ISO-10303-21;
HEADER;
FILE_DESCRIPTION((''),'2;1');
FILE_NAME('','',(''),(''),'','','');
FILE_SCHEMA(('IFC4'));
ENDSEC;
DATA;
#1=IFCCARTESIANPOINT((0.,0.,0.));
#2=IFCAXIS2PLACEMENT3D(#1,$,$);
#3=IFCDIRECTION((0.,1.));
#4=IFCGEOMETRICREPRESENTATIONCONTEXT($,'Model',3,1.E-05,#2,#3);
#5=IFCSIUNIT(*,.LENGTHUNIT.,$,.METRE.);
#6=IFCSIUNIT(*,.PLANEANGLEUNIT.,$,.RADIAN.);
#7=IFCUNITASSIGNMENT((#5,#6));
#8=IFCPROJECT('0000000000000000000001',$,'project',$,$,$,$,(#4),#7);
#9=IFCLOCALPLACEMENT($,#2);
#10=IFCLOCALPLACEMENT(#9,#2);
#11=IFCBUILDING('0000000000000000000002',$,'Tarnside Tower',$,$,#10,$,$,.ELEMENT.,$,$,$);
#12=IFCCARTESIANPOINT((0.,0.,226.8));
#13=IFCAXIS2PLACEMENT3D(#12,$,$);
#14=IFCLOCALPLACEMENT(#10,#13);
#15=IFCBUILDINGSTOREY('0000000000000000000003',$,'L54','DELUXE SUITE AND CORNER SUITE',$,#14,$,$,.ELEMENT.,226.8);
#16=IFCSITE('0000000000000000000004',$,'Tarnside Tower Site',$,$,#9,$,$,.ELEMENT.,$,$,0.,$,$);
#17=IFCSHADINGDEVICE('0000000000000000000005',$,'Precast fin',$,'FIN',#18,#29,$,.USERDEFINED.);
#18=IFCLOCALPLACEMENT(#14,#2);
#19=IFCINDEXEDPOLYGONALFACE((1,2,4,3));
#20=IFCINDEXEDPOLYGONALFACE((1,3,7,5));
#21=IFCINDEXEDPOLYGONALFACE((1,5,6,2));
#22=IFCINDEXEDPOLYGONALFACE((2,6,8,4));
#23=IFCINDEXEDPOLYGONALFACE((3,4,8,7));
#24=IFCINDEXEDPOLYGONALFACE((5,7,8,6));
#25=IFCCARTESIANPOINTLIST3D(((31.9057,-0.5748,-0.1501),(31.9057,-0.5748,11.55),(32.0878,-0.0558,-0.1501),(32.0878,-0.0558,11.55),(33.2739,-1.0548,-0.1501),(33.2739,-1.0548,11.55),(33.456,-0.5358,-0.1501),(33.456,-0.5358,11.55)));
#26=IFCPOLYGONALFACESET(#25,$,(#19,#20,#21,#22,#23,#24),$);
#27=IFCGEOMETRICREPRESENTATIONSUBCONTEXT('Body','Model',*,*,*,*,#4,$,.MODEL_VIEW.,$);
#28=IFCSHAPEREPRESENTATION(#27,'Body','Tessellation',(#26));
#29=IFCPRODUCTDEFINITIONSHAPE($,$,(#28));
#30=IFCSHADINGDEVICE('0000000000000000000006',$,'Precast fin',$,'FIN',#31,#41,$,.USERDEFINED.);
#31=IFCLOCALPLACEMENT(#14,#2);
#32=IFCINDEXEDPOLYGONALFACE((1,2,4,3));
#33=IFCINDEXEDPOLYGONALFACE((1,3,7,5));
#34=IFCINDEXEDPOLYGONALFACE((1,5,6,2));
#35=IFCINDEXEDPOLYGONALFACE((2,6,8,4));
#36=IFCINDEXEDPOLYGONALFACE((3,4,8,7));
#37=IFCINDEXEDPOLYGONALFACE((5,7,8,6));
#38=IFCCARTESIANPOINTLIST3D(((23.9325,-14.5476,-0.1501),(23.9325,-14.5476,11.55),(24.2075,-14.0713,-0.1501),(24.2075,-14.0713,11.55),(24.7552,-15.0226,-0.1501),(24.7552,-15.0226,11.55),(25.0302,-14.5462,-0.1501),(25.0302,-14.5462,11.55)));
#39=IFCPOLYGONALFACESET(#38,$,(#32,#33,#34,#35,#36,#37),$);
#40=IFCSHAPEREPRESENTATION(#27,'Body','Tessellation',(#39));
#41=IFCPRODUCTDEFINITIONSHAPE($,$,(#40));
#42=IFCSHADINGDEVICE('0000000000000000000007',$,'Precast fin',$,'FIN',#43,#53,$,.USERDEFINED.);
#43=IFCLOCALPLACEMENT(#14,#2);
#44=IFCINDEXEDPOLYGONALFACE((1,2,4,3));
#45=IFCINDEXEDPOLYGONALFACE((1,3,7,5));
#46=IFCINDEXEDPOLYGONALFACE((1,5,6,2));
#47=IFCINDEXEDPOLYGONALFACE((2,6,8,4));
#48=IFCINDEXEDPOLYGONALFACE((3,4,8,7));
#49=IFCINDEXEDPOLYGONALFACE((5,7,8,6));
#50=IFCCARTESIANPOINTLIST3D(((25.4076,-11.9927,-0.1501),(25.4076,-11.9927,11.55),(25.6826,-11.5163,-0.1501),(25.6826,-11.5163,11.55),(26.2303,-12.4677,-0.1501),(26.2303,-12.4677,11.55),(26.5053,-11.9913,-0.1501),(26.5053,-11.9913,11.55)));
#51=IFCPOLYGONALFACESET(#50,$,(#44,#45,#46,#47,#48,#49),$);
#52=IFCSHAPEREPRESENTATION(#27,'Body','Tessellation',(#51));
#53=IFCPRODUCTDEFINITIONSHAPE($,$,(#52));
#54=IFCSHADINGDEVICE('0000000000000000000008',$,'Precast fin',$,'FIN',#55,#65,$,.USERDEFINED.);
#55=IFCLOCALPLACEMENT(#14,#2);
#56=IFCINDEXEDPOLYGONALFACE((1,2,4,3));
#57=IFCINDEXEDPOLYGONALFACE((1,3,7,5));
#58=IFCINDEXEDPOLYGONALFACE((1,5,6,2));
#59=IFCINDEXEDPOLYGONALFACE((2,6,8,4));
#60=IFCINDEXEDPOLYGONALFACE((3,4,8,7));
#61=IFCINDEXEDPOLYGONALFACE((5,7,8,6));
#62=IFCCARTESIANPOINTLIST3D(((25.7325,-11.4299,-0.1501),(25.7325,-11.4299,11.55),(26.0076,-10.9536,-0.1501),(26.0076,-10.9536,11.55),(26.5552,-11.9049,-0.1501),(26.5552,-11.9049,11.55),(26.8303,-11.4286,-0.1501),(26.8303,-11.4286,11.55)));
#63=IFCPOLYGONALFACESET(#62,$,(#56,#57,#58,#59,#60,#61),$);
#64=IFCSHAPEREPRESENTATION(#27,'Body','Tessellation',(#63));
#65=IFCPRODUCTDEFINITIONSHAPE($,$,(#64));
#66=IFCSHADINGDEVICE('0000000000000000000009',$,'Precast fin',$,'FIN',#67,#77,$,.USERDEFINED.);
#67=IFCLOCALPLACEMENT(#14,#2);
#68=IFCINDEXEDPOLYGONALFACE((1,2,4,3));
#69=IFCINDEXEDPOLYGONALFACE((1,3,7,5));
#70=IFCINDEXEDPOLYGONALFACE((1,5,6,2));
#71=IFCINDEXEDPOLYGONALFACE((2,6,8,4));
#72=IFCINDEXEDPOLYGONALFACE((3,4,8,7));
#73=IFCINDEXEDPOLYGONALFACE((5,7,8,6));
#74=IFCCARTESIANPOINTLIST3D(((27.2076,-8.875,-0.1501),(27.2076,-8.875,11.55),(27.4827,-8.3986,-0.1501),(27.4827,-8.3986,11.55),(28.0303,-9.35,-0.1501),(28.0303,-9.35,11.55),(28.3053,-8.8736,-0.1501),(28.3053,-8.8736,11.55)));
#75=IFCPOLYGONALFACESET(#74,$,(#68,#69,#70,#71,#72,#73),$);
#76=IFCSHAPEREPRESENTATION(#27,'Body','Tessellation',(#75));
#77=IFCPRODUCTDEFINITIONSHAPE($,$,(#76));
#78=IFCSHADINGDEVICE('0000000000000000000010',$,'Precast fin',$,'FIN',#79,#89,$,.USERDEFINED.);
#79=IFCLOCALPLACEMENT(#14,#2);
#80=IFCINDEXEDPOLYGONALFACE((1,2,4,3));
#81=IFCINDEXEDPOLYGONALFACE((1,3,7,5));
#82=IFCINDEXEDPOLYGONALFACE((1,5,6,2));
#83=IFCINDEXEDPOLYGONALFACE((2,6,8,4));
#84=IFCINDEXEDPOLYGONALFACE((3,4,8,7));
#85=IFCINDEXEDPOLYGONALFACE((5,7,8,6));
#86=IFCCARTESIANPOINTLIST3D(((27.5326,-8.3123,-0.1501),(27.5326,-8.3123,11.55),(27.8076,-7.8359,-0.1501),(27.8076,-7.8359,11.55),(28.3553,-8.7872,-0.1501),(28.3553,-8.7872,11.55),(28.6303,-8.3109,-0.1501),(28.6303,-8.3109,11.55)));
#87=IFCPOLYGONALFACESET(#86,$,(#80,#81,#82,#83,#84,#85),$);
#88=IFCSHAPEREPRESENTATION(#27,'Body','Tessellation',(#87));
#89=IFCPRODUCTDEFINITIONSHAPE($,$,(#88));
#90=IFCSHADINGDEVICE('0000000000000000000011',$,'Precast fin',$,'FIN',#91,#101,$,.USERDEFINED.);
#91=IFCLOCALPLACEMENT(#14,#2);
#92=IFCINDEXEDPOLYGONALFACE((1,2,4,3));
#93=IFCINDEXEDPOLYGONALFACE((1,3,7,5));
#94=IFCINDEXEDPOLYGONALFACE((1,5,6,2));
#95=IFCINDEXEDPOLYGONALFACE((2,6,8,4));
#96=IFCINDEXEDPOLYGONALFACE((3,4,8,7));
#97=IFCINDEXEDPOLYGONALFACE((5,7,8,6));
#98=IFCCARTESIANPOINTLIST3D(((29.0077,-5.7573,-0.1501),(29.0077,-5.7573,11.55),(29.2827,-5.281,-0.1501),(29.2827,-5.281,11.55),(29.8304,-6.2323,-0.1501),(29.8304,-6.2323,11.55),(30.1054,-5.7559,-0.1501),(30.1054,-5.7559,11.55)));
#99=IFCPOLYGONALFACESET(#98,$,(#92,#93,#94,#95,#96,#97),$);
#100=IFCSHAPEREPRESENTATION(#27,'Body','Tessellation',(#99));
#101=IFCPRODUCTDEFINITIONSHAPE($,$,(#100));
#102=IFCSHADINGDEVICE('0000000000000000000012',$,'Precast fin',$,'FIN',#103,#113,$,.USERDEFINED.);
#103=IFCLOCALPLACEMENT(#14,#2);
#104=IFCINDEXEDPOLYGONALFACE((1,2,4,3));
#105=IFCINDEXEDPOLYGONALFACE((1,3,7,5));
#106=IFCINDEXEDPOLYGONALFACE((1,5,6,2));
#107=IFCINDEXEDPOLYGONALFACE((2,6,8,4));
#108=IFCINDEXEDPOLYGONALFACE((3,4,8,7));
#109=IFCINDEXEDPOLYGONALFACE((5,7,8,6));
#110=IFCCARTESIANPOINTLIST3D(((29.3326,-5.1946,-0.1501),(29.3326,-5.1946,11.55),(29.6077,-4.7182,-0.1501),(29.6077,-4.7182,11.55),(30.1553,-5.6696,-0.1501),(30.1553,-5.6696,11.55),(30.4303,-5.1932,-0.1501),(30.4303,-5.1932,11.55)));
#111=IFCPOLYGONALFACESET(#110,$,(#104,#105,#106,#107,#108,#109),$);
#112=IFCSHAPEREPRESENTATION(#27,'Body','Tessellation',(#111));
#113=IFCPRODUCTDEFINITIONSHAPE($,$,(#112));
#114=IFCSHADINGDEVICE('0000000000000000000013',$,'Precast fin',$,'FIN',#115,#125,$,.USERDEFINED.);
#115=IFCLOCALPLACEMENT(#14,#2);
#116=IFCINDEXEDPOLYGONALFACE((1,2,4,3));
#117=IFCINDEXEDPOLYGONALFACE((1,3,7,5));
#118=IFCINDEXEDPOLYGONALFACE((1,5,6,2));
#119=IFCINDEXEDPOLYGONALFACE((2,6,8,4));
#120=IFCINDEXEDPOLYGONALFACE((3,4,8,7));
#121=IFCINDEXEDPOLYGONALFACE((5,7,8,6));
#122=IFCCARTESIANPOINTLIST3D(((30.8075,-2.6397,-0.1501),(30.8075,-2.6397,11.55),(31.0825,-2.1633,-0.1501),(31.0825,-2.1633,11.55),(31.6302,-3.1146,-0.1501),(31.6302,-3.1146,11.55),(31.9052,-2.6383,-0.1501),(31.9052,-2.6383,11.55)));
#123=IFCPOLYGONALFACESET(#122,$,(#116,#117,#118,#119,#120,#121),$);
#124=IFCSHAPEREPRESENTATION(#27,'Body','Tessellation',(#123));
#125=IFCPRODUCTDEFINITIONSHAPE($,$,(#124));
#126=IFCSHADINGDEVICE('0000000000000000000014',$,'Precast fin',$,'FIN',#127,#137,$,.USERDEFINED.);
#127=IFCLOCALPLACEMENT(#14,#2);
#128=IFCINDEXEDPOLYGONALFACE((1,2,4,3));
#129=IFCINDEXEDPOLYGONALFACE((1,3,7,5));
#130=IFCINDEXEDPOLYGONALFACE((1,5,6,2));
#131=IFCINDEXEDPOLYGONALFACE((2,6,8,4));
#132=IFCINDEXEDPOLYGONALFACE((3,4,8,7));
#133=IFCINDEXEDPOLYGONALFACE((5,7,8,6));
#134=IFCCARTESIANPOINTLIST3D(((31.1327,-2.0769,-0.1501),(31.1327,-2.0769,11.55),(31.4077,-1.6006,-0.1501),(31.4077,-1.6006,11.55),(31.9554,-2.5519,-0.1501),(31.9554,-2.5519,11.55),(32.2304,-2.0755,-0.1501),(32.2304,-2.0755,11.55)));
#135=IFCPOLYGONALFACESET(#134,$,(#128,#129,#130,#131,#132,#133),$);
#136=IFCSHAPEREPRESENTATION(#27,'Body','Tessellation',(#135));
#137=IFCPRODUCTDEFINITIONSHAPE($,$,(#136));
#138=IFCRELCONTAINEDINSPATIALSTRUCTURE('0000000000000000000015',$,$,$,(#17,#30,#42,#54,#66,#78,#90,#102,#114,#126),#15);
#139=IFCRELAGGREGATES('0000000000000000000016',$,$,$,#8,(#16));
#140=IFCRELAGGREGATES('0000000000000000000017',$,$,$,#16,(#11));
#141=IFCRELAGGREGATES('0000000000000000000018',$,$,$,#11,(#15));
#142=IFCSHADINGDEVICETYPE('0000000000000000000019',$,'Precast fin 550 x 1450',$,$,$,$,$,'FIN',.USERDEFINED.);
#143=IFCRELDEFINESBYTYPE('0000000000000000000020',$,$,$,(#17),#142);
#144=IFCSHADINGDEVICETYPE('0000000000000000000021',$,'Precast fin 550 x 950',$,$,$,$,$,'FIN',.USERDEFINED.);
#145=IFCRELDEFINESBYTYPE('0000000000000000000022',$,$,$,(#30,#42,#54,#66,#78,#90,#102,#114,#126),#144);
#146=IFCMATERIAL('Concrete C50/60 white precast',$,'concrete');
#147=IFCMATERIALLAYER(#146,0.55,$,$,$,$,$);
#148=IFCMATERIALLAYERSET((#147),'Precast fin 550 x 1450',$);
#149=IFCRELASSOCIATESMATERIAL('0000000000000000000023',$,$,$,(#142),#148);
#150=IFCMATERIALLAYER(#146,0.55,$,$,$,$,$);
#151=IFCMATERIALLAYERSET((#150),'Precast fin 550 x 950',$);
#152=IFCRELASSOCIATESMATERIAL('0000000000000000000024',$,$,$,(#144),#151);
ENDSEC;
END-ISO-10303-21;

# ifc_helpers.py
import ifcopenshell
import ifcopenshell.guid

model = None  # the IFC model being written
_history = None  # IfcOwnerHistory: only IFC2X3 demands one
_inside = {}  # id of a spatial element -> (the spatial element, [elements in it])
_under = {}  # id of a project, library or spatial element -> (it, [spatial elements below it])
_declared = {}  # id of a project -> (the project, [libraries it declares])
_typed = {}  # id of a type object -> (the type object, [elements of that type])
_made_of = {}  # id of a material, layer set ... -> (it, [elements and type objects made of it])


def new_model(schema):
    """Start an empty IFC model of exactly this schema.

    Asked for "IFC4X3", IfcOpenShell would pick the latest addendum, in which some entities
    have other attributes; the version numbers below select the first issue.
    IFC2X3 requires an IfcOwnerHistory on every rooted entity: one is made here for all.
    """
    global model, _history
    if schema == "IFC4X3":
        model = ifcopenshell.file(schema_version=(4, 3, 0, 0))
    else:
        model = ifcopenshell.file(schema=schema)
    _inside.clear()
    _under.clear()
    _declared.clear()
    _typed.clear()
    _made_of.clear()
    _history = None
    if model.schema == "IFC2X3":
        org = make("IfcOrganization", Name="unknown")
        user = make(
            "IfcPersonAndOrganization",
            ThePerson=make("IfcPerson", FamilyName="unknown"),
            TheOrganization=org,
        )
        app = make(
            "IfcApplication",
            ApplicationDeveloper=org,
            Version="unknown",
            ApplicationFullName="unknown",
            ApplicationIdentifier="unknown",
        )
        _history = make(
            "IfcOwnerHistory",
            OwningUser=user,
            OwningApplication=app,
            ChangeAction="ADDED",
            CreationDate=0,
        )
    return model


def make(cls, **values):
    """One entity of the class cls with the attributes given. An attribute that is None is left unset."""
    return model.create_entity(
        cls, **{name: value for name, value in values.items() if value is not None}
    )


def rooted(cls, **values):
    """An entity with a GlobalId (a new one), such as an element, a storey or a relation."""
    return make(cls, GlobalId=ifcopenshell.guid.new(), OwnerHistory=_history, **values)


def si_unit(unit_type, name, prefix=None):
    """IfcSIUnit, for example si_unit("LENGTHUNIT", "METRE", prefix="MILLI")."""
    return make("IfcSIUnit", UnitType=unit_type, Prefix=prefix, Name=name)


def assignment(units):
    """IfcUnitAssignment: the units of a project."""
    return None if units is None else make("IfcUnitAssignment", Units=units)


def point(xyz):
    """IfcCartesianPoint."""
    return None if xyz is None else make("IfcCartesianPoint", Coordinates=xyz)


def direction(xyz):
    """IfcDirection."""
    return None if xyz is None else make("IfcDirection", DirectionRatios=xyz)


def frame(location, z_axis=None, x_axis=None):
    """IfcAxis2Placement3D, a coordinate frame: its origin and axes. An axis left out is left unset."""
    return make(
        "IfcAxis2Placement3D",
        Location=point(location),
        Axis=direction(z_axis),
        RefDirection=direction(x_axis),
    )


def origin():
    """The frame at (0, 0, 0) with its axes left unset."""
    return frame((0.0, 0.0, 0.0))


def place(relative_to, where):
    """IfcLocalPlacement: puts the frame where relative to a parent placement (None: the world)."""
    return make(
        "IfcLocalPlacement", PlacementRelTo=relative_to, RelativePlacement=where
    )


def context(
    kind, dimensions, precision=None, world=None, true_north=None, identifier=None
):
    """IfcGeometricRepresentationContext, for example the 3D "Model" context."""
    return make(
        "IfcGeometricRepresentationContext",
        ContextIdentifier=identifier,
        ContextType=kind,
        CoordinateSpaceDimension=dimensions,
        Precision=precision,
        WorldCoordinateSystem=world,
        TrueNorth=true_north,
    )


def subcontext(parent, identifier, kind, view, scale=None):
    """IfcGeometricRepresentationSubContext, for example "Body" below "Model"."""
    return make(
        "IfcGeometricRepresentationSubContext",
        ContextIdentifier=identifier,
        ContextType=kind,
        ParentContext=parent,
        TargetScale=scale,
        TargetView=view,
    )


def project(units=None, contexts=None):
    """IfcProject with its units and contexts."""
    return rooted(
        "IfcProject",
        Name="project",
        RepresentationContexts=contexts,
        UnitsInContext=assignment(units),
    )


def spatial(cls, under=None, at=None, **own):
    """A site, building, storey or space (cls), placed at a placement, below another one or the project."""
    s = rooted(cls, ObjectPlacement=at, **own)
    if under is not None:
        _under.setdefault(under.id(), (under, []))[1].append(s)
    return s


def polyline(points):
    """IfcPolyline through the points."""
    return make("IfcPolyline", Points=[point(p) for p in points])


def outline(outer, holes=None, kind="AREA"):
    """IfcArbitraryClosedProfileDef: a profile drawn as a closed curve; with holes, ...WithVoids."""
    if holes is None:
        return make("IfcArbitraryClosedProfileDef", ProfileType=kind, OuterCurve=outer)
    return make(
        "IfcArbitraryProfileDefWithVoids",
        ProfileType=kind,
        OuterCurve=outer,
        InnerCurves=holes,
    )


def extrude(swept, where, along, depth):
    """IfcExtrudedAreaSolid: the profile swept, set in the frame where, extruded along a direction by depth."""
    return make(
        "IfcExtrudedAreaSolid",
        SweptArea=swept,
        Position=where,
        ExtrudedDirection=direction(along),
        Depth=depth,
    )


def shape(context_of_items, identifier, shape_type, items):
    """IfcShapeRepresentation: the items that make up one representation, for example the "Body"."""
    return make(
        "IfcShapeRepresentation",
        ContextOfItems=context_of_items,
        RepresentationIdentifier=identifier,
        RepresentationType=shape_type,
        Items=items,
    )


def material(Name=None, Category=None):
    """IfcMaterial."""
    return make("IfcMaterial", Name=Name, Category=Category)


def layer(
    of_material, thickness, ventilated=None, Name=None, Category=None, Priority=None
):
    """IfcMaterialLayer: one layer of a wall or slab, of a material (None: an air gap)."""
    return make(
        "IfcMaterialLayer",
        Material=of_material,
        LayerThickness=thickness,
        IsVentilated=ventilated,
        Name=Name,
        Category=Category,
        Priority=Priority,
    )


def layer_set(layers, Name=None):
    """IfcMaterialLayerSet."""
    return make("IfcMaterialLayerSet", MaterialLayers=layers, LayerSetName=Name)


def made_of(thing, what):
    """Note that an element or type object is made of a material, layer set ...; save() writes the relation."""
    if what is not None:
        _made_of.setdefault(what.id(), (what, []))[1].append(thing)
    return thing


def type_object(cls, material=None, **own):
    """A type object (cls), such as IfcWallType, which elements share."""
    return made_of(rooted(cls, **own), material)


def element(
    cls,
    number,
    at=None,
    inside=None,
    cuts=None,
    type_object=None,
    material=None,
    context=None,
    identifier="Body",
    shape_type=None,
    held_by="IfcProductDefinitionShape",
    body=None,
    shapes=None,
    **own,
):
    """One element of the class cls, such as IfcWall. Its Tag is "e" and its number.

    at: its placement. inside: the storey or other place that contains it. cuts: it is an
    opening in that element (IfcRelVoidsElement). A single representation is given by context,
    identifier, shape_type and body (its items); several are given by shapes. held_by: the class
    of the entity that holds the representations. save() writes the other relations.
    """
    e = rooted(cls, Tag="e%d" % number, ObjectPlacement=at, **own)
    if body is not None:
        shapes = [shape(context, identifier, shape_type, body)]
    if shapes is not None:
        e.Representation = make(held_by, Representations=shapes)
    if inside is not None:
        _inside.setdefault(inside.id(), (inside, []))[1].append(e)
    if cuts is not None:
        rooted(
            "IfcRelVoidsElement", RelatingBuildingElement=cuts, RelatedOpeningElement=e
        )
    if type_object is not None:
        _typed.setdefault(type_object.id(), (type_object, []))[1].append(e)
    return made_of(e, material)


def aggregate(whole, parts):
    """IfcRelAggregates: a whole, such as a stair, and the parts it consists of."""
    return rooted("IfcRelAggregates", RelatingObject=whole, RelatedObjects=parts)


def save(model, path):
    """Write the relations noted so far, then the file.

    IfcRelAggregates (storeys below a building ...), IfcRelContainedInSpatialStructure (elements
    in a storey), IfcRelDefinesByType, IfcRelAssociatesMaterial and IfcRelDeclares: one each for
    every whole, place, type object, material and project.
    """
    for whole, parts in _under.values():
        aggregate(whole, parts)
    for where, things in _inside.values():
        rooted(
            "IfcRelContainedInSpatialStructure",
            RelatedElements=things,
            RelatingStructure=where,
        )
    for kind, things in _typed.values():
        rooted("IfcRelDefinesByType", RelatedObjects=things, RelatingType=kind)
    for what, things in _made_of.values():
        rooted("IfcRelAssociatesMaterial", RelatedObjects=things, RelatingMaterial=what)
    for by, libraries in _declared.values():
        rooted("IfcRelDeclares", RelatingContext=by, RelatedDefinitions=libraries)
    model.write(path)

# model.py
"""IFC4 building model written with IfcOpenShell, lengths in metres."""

from ifc_helpers import new_model, si_unit, direction, frame, origin, place, context, subcontext, project, spatial, polyline, outline, extrude, material, layer, layer_set, type_object, element, save


model = new_model("IFC4")

# Units and contexts
model_context = context("Model", 3, precision=1e-05, world=origin(), true_north=direction((0.0, 1.0)))
body_context = subcontext(model_context, "Body", "Model", "MODEL_VIEW")
ifc_project = project(units=[si_unit("LENGTHUNIT", "METRE"), si_unit("PLANEANGLEUNIT", "RADIAN")], contexts=[model_context])

# Site, building, storey
site_placement = place(None, origin())
site = spatial("IfcSite", under=ifc_project, at=site_placement, Name="Tarnside Tower Site", CompositionType="ELEMENT", RefElevation=0.0)
building_placement = place(site_placement, origin())
building = spatial("IfcBuilding", under=site, at=building_placement, Name="Tarnside Tower", CompositionType="ELEMENT")
storey_placement = place(building_placement, frame((0.0, 0.0, 226.8)))
storey = spatial("IfcBuildingStorey", under=building, at=storey_placement, Name="L54", Description="DELUXE SUITE AND CORNER SUITE", CompositionType="ELEMENT", Elevation=226.8)

# Shading devices
ifc_material_1 = material(Name="Concrete C50/60 white precast", Category="concrete")
ifc_layer_1 = layer(ifc_material_1, 0.55)
ifc_layer_set_1 = layer_set([ifc_layer_1], Name="Precast fin 550 x 1450")
shading_device_type_1 = type_object("IfcShadingDeviceType", Name="Precast fin 550 x 1450", ElementType="FIN", PredefinedType="USERDEFINED", material=ifc_layer_set_1)
shading_device_placement = place(storey_placement, frame((31.9968, -0.3152, -0.1501), z_axis=(-0.331063, -0.943609, 0.0), x_axis=(0.943609, -0.331063, 0.0)))
element("IfcShadingDevice", 1, at=shading_device_placement, inside=storey, type_object=shading_device_type_1, Name="Precast fin", ObjectType="FIN", PredefinedType="USERDEFINED", context=body_context, shape_type="SweptSolid", body=[
    extrude(outline(polyline([(0.0, 0.0), (1.45, 0.0), (1.45, 11.7002), (0.0, 11.7002), (0.0, 0.0)])), frame((0.0, 0.0, -0.2749)), (0.0, 0.0, 1.0), 0.55),
])
ifc_layer_2 = layer(ifc_material_1, 0.55)
ifc_layer_set_2 = layer_set([ifc_layer_2], Name="Precast fin 550 x 950")
shading_device_type_2 = type_object("IfcShadingDeviceType", Name="Precast fin 550 x 950", ElementType="FIN", PredefinedType="USERDEFINED", material=ifc_layer_set_2)
for number, where, z_axis, x_axis, name in (
    (2, (24.0701, -14.3093, -0.1501), (-0.5, -0.866025, 0.0), (0.866025, -0.5, 0.0), "Precast fin"),
    (3, (25.5452, -11.7544, -0.1501), (-0.5, -0.866025, 0.0), (0.866025, -0.5, 0.0), "Precast fin"),
    (4, (25.8701, -11.1917, -0.1501), (-0.5, -0.866025, 0.0), (0.866025, -0.5, 0.0), "Precast fin"),
    (5, (27.3452, -8.6367, -0.1501), (-0.5, -0.866025, 0.0), (0.866025, -0.5, 0.0), "Precast fin"),
    (6, (27.6702, -8.074, -0.1501), (-0.5, -0.866025, 0.0), (0.866025, -0.5, 0.0), "Precast fin"),
    (7, (29.1453, -5.519, -0.1501), (-0.5, -0.866025, 0.0), (0.866025, -0.5, 0.0), "Precast fin"),
    (8, (29.4702, -4.9563, -0.1501), (-0.5, -0.866025, 0.0), (0.866025, -0.5, 0.0), "Precast fin"),
    (9, (30.9451, -2.4014, -0.1501), (-0.5, -0.866025, 0.0), (0.866025, -0.5, 0.0), "Precast fin"),
    (10, (31.2703, -1.8386, -0.1501), (-0.5, -0.866025, 0.0), (0.866025, -0.5, 0.0), "Precast fin"),
):
    element("IfcShadingDevice", number, at=place(storey_placement, frame(where, z_axis=z_axis, x_axis=x_axis)), inside=storey, type_object=shading_device_type_2, Name=name, ObjectType="FIN", PredefinedType="USERDEFINED", context=body_context, shape_type="SweptSolid", body=[
        extrude(outline(polyline([(0.0, 0.0), (0.95, 0.0), (0.95, 11.7002), (0.0, 11.7002), (0.0, 0.0)])), frame((0.0, 0.0, -0.2749)), (0.0, 0.0, 1.0), 0.55),
    ])

save(model, "model.ifc")
